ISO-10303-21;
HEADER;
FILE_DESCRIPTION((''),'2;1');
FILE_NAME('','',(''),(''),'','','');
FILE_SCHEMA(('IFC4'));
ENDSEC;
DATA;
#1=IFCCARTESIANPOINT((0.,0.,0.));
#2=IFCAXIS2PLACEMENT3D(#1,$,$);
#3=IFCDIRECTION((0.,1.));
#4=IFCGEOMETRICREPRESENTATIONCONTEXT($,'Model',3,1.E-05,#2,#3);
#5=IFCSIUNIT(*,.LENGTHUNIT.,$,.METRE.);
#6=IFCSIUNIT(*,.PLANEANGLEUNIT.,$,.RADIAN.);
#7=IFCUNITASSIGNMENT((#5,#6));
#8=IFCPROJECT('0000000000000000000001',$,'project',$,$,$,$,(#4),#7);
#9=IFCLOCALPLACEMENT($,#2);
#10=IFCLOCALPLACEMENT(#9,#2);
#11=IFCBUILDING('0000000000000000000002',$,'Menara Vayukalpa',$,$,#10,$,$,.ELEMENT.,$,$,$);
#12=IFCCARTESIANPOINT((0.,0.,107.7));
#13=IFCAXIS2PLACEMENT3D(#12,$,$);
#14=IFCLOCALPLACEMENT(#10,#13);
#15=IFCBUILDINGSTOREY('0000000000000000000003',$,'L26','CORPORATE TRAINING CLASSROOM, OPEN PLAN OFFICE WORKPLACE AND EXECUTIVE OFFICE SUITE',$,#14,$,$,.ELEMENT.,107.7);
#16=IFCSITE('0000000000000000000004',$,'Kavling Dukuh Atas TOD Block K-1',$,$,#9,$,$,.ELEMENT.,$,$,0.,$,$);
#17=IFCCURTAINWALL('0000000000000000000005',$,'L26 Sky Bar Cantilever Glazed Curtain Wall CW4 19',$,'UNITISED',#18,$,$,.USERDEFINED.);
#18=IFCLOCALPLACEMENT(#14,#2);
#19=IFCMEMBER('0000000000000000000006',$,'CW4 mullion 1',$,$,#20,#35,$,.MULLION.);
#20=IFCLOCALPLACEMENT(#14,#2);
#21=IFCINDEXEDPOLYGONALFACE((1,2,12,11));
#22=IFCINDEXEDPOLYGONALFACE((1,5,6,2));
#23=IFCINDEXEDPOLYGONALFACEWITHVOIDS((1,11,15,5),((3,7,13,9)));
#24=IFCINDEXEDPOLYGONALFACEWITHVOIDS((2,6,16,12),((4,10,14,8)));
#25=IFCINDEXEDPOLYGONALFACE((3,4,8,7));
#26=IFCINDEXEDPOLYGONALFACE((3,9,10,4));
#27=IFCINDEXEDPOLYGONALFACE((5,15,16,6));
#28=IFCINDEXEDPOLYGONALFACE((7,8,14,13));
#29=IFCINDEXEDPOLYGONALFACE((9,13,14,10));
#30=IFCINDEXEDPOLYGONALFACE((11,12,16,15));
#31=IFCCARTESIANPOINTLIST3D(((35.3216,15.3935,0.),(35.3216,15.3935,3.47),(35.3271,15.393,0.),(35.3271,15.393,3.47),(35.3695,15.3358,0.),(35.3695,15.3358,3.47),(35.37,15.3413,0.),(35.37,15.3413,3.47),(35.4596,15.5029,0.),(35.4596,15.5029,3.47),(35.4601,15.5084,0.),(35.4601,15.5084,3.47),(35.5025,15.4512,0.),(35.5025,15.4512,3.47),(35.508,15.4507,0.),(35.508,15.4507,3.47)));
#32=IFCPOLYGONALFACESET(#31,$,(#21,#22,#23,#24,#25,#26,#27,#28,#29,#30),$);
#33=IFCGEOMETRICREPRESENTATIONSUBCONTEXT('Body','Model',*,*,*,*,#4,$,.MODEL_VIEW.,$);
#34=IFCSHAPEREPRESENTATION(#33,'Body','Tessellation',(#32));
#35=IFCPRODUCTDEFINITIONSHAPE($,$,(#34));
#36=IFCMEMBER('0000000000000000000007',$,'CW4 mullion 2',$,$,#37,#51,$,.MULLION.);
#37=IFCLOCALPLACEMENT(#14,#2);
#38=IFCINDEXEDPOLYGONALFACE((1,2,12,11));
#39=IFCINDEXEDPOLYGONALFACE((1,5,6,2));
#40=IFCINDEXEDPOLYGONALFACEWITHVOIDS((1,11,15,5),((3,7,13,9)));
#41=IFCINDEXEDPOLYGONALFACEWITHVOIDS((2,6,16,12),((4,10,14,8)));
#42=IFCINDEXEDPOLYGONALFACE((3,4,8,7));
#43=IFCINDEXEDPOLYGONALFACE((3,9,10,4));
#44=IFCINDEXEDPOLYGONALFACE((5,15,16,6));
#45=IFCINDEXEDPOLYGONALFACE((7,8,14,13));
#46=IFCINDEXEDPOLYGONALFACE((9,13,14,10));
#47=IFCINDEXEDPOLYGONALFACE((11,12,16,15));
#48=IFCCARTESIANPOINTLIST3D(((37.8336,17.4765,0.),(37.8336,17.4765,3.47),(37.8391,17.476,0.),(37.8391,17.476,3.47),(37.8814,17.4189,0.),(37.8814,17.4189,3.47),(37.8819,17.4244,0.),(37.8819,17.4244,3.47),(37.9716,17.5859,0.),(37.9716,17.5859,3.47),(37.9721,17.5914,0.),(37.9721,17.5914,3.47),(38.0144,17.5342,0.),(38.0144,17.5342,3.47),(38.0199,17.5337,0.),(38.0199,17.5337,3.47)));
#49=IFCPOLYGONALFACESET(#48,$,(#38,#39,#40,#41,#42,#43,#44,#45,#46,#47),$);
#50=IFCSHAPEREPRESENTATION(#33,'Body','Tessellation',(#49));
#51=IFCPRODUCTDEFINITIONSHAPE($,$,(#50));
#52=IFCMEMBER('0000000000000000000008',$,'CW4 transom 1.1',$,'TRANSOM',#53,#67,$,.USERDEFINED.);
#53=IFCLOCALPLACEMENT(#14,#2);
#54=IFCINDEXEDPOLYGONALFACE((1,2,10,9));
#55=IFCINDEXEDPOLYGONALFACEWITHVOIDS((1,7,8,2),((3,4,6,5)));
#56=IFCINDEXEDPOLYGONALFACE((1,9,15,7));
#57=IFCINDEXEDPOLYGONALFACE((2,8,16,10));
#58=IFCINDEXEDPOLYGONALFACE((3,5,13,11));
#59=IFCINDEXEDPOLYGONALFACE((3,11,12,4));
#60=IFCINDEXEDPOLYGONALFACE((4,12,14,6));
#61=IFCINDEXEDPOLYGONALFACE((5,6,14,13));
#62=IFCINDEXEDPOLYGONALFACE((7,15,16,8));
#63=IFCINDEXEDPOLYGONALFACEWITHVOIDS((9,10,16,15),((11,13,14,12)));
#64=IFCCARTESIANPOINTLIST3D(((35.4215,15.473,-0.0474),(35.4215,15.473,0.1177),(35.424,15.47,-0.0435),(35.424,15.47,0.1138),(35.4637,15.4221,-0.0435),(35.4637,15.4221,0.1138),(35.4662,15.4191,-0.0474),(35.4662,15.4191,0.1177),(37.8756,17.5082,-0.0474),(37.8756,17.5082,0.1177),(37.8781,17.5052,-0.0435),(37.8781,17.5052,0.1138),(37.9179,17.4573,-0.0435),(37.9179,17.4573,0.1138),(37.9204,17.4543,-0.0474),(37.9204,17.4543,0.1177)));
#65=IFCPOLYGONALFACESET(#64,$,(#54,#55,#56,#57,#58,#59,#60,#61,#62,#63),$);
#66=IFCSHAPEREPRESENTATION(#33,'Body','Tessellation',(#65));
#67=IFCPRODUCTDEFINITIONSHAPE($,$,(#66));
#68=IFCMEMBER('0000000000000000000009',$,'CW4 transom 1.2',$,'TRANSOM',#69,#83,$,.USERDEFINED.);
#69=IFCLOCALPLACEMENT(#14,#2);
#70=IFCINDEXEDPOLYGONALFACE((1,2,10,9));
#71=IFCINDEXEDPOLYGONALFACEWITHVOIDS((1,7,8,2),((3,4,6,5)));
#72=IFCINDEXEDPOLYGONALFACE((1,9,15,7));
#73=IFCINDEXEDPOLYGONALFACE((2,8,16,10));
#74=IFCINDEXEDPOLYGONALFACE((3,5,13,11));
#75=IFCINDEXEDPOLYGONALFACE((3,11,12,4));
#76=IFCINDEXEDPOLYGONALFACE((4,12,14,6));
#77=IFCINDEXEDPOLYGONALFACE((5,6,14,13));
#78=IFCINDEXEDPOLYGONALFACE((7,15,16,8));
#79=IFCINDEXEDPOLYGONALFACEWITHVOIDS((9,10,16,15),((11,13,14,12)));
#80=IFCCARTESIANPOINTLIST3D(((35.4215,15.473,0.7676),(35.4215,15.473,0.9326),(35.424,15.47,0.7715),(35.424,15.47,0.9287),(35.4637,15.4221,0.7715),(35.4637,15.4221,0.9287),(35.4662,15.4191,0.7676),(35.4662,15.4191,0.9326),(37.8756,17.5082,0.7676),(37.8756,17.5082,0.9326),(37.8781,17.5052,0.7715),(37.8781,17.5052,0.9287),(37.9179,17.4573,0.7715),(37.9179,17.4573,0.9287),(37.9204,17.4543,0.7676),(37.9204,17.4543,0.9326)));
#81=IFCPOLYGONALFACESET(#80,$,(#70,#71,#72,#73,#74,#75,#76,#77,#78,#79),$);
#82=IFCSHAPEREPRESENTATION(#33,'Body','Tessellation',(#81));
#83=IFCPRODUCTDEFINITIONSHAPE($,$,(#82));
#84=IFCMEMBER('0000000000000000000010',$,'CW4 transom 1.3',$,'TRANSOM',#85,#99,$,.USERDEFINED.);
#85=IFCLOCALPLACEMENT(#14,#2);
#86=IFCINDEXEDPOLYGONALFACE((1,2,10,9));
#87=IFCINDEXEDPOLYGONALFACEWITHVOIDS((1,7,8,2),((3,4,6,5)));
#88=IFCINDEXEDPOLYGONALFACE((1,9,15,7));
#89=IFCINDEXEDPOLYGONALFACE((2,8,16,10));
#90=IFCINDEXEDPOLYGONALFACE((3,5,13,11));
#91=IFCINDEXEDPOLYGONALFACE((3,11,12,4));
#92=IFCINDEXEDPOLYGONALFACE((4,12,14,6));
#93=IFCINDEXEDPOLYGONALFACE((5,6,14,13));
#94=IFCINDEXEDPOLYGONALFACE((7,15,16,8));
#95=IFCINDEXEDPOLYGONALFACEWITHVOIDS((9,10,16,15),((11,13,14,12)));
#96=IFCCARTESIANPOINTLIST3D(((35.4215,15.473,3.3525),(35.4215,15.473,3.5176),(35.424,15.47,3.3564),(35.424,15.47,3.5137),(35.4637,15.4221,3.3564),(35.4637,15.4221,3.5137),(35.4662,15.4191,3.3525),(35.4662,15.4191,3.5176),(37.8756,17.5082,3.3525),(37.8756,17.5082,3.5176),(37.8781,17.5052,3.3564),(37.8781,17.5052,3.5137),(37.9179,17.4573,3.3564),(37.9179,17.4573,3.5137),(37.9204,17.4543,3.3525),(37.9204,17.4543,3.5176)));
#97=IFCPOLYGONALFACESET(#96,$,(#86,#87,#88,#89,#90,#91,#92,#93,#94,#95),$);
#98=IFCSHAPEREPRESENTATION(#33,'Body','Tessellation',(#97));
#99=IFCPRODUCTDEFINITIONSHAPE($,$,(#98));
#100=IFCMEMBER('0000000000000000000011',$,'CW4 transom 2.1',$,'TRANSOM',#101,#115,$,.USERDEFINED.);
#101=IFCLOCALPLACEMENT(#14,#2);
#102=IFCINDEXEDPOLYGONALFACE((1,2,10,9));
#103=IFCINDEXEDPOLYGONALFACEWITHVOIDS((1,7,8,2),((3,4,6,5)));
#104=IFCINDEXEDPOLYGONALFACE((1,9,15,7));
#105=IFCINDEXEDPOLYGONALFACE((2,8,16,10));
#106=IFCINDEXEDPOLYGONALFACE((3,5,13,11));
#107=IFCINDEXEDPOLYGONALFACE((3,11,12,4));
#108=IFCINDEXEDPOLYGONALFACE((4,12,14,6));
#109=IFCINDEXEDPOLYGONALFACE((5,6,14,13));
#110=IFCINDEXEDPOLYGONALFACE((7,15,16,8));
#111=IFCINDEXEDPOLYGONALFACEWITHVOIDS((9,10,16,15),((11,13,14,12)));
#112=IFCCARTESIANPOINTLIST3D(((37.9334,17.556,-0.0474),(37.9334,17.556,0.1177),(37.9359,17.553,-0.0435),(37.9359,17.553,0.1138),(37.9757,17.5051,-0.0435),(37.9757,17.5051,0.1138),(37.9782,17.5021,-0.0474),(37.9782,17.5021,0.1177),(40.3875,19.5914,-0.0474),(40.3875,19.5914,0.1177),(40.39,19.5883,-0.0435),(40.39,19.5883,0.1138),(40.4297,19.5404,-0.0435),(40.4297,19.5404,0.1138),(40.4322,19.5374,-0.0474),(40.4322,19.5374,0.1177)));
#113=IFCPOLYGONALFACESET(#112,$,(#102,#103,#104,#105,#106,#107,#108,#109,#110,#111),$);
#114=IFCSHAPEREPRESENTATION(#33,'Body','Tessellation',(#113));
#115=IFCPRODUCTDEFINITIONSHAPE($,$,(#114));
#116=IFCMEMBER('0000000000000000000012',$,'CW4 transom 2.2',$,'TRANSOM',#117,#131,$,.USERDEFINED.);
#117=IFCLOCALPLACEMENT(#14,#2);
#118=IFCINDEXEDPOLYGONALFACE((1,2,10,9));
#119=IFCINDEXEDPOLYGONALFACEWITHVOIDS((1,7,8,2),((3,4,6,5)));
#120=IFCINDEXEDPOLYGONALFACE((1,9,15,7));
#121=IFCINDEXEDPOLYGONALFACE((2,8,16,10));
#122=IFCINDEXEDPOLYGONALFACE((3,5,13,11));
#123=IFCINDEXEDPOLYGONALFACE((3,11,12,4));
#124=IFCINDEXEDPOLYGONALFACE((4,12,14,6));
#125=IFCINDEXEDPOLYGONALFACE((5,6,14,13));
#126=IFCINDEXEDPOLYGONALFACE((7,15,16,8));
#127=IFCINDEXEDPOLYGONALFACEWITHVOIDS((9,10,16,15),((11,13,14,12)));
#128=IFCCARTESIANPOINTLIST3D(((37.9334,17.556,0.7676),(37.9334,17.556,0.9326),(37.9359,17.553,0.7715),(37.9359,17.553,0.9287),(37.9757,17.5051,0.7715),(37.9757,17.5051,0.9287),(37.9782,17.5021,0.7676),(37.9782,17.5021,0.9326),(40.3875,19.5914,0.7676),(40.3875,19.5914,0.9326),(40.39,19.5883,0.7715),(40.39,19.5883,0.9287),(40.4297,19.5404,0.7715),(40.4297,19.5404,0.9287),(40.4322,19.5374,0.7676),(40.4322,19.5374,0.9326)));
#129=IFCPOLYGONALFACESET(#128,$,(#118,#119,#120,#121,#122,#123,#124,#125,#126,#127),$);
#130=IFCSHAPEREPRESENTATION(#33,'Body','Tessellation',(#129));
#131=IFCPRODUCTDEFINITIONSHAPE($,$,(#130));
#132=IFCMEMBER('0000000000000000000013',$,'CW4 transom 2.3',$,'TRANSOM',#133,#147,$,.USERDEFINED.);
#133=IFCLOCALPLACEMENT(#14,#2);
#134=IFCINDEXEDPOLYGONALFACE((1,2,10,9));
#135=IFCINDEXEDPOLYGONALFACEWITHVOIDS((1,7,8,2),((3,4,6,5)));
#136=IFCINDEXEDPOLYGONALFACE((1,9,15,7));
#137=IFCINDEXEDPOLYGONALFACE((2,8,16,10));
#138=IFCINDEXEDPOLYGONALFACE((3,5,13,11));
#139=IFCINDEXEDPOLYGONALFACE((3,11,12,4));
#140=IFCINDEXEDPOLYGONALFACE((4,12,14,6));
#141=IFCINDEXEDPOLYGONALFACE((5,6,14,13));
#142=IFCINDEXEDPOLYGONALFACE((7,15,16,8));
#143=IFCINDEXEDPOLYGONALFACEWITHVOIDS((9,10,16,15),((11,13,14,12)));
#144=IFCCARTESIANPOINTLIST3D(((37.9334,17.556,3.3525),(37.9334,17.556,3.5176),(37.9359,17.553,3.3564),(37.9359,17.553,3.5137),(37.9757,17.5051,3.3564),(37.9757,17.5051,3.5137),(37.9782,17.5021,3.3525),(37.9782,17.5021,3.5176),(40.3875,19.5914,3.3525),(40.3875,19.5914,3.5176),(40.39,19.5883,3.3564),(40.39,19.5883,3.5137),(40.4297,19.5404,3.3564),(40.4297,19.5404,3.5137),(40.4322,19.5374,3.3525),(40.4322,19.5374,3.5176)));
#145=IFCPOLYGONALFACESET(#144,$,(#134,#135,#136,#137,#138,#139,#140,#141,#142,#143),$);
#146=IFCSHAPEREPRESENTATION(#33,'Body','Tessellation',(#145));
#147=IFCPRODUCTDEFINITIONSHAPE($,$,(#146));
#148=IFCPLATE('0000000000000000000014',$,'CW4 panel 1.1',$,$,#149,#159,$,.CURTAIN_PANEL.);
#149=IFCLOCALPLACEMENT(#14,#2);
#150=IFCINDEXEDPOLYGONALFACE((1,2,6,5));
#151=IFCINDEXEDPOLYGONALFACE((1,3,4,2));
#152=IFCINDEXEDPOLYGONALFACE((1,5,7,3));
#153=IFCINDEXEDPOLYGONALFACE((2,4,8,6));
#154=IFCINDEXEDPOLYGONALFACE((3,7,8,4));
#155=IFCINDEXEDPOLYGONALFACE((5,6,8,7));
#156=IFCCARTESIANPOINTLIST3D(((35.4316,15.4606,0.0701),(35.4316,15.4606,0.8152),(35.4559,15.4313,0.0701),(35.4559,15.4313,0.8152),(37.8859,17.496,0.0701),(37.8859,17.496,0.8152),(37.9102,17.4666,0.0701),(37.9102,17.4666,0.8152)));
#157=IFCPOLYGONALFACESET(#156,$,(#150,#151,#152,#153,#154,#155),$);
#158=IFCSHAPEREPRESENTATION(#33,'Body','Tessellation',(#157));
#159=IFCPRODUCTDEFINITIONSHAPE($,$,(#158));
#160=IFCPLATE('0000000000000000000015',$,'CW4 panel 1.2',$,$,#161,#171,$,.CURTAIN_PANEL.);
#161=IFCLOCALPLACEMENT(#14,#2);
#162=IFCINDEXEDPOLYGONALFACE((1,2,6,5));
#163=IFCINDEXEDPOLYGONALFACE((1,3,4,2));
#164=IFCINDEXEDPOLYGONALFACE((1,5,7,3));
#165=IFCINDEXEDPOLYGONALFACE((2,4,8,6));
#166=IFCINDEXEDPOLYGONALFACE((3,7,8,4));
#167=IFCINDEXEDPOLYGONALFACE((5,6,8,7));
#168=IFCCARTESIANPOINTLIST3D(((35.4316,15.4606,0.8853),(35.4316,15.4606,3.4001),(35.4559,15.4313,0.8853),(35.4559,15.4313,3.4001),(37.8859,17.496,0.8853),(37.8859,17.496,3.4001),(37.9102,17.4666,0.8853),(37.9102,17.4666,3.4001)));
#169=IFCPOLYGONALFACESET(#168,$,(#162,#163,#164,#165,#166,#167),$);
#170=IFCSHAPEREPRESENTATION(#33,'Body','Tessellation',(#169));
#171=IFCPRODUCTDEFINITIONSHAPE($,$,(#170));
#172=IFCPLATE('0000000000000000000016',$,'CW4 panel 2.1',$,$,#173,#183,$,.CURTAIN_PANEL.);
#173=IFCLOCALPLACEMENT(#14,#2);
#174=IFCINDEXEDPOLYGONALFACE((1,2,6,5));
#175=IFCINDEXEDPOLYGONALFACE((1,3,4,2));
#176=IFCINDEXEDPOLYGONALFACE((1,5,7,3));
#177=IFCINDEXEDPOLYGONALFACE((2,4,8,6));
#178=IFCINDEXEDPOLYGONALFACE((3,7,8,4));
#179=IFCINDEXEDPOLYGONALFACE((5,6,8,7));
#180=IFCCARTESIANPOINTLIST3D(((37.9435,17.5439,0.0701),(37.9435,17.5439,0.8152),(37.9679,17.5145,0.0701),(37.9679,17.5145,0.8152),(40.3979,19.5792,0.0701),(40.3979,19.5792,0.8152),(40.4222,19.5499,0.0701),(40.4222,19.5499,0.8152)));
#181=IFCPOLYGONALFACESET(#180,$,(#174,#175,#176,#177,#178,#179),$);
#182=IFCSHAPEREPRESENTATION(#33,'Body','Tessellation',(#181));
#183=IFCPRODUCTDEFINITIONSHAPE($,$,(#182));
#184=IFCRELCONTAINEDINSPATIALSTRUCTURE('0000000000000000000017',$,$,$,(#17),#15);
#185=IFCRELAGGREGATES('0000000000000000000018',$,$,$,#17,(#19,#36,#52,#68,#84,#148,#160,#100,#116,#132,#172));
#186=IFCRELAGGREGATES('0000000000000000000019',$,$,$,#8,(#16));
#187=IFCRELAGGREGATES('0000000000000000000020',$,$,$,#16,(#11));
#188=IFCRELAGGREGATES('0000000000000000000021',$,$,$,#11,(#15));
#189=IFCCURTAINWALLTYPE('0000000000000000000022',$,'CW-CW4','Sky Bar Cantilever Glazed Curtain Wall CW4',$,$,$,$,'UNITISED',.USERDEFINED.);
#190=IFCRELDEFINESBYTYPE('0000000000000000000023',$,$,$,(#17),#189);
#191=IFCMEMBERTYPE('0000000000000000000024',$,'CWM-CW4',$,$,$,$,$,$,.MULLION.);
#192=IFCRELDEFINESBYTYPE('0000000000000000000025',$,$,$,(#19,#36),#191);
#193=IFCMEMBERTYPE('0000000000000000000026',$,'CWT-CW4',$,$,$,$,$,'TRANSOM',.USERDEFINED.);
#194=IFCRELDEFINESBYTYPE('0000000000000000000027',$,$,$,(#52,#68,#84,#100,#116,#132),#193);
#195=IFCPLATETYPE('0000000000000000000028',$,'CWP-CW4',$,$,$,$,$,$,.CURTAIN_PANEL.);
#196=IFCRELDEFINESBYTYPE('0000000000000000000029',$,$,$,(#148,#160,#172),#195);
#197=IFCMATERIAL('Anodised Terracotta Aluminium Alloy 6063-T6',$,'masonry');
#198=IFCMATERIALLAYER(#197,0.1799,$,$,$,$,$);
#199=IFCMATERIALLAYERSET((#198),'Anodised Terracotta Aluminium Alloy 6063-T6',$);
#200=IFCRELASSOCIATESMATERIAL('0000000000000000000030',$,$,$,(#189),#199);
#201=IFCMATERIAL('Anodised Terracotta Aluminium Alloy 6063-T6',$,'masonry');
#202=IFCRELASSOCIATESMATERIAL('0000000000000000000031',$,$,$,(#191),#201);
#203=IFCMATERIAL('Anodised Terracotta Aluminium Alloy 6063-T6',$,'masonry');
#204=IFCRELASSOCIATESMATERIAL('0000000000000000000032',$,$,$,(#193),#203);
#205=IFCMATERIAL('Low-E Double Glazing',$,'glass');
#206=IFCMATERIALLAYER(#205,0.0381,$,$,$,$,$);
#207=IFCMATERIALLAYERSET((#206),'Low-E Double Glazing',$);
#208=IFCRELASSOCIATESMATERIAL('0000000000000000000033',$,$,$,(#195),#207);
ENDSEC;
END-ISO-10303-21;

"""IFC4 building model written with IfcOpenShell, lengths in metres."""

from ifc_helpers import new_model, si_unit, direction, frame, origin, origin_2d, place, context, subcontext, project, spatial, rectangle, hollow_rectangle, extrude, material, layer, layer_set, material_profile, profile_set, type_object, element, aggregate, save


model = new_model("IFC4")

# Units and contexts
model_context = context("Model", 3, precision=1e-05, world=origin(), true_north=direction((0.0, 1.0)))
body_context = subcontext(model_context, "Body", "Model", "MODEL_VIEW")
ifc_project = project(units=[si_unit("LENGTHUNIT", "METRE"), si_unit("PLANEANGLEUNIT", "RADIAN")], contexts=[model_context])

# Site, building, storey
site_placement = place(None, origin())
site = spatial("IfcSite", under=ifc_project, at=site_placement, Name="Kavling Dukuh Atas TOD Block K-1", CompositionType="ELEMENT", RefElevation=0.0)
building_placement = place(site_placement, origin())
building = spatial("IfcBuilding", under=site, at=building_placement, Name="Menara Vayukalpa", CompositionType="ELEMENT")
storey_placement = place(building_placement, frame((0.0, 0.0, 107.7)))
storey = spatial("IfcBuildingStorey", under=building, at=storey_placement, Name="L26", Description="CORPORATE TRAINING CLASSROOM, OPEN PLAN OFFICE WORKPLACE AND EXECUTIVE OFFICE SUITE", CompositionType="ELEMENT", Elevation=107.7)

# Curtain wall, members, plates
ifc_material_1 = material(Name="Anodised Terracotta Aluminium Alloy 6063-T6", Category="masonry")
ifc_layer_1 = layer(ifc_material_1, 0.1799)
ifc_layer_set_1 = layer_set([ifc_layer_1], Name="Anodised Terracotta Aluminium Alloy 6063-T6")
curtain_wall_type = type_object("IfcCurtainWallType", Name="CW-CW4", Description="Sky Bar Cantilever Glazed Curtain Wall CW4", ElementType="UNITISED", PredefinedType="USERDEFINED", material=ifc_layer_set_1)
curtain_wall_placement = place(storey_placement, origin())
curtain_wall = element("IfcCurtainWall", 1, at=curtain_wall_placement, inside=storey, type_object=curtain_wall_type, Name="L26 Sky Bar Cantilever Glazed Curtain Wall CW4 19", ObjectType="UNITISED", PredefinedType="USERDEFINED")
ifc_material_2 = material(Name="Anodised Terracotta Aluminium Alloy 6063-T6", Category="masonry")
ifc_material_profile_1 = material_profile(ifc_material_2, hollow_rectangle(XDim=0.075, YDim=0.1799, WallThickness=0.0039, at=origin_2d()), Name="ALU 75x180x4")
ifc_profile_set_1 = profile_set([ifc_material_profile_1], Name="Anodised Terracotta Aluminium Alloy 6063-T6")
member_type_1 = type_object("IfcMemberType", Name="CWM-CW4", PredefinedType="MULLION", material=ifc_profile_set_1)
member_1_placement = place(storey_placement, frame((35.4148, 15.4221, 0.0), z_axis=(0.0, 0.0, 1.0), x_axis=(-0.638346, 0.76975, 0.0)))
member_1 = element("IfcMember", 2, at=member_1_placement, type_object=member_type_1, Name="CW4 mullion 1", PredefinedType="MULLION", context=body_context, shape_type="SweptSolid", body=[
    extrude(hollow_rectangle(XDim=0.075, YDim=0.1799, WallThickness=0.0039, at=origin_2d()), origin(), (0.0, 0.0, 1.0), 3.47),
])
member_2_placement = place(storey_placement, frame((37.9268, 17.5051, 0.0), z_axis=(0.0, 0.0, 1.0), x_axis=(-0.638346, 0.76975, 0.0)))
member_2 = element("IfcMember", 3, at=member_2_placement, type_object=member_type_1, Name="CW4 mullion 2", PredefinedType="MULLION", context=body_context, shape_type="SweptSolid", body=[
    extrude(hollow_rectangle(XDim=0.075, YDim=0.1799, WallThickness=0.0039, at=origin_2d()), origin(), (0.0, 0.0, 1.0), 3.47),
])
ifc_material_3 = material(Name="Anodised Terracotta Aluminium Alloy 6063-T6", Category="masonry")
ifc_material_profile_2 = material_profile(ifc_material_3, hollow_rectangle(XDim=0.0701, YDim=0.165, WallThickness=0.0039, at=origin_2d()), Name="ALU 70x165x4")
ifc_profile_set_2 = profile_set([ifc_material_profile_2], Name="Anodised Terracotta Aluminium Alloy 6063-T6")
member_type_2 = type_object("IfcMemberType", Name="CWT-CW4", ElementType="TRANSOM", PredefinedType="USERDEFINED", material=ifc_profile_set_2)
member_3_placement = place(storey_placement, frame((35.4438, 15.446, 0.0352), z_axis=(0.769751, 0.638345, 0.0), x_axis=(-0.638345, 0.769751, 0.0)))
member_3 = element("IfcMember", 4, at=member_3_placement, type_object=member_type_2, Name="CW4 transom 1.1", ObjectType="TRANSOM", PredefinedType="USERDEFINED", context=body_context, shape_type="SweptSolid", body=[
    extrude(hollow_rectangle(XDim=0.0701, YDim=0.165, WallThickness=0.0039, at=origin_2d()), origin(), (0.0, 0.0, 1.0), 3.1882),
])
member_4_placement = place(storey_placement, frame((35.4438, 15.446, 0.8501), z_axis=(0.769751, 0.638345, 0.0), x_axis=(-0.638345, 0.769751, 0.0)))
member_4 = element("IfcMember", 5, at=member_4_placement, type_object=member_type_2, Name="CW4 transom 1.2", ObjectType="TRANSOM", PredefinedType="USERDEFINED", context=body_context, shape_type="SweptSolid", body=[
    extrude(hollow_rectangle(XDim=0.0701, YDim=0.165, WallThickness=0.0039, at=origin_2d()), origin(), (0.0, 0.0, 1.0), 3.1882),
])
member_5_placement = place(storey_placement, frame((35.4438, 15.446, 3.4351), z_axis=(0.769751, 0.638345, 0.0), x_axis=(-0.638345, 0.769751, 0.0)))
member_5 = element("IfcMember", 6, at=member_5_placement, type_object=member_type_2, Name="CW4 transom 1.3", ObjectType="TRANSOM", PredefinedType="USERDEFINED", context=body_context, shape_type="SweptSolid", body=[
    extrude(hollow_rectangle(XDim=0.0701, YDim=0.165, WallThickness=0.0039, at=origin_2d()), origin(), (0.0, 0.0, 1.0), 3.1882),
])
member_6_placement = place(storey_placement, frame((37.9558, 17.5291, 0.0352), z_axis=(0.769713, 0.63839, 0.0), x_axis=(-0.63839, 0.769713, 0.0)))
member_6 = element("IfcMember", 7, at=member_6_placement, type_object=member_type_2, Name="CW4 transom 2.1", ObjectType="TRANSOM", PredefinedType="USERDEFINED", context=body_context, shape_type="SweptSolid", body=[
    extrude(hollow_rectangle(XDim=0.0701, YDim=0.165, WallThickness=0.0039, at=origin_2d()), origin(), (0.0, 0.0, 1.0), 3.1882),
])
member_7_placement = place(storey_placement, frame((37.9558, 17.5291, 0.8501), z_axis=(0.769713, 0.63839, 0.0), x_axis=(-0.63839, 0.769713, 0.0)))
member_7 = element("IfcMember", 8, at=member_7_placement, type_object=member_type_2, Name="CW4 transom 2.2", ObjectType="TRANSOM", PredefinedType="USERDEFINED", context=body_context, shape_type="SweptSolid", body=[
    extrude(hollow_rectangle(XDim=0.0701, YDim=0.165, WallThickness=0.0039, at=origin_2d()), origin(), (0.0, 0.0, 1.0), 3.1882),
])
member_8_placement = place(storey_placement, frame((37.9558, 17.5291, 3.4351), z_axis=(0.769713, 0.63839, 0.0), x_axis=(-0.63839, 0.769713, 0.0)))
member_8 = element("IfcMember", 9, at=member_8_placement, type_object=member_type_2, Name="CW4 transom 2.3", ObjectType="TRANSOM", PredefinedType="USERDEFINED", context=body_context, shape_type="SweptSolid", body=[
    extrude(hollow_rectangle(XDim=0.0701, YDim=0.165, WallThickness=0.0039, at=origin_2d()), origin(), (0.0, 0.0, 1.0), 3.1882),
])
ifc_material_4 = material(Name="Low-E Double Glazing", Category="glass")
ifc_layer_2 = layer(ifc_material_4, 0.0381)
ifc_layer_set_2 = layer_set([ifc_layer_2], Name="Low-E Double Glazing")
plate_type = type_object("IfcPlateType", Name="CWP-CW4", PredefinedType="CURTAIN_PANEL", material=ifc_layer_set_2)
plate_1_placement = place(storey_placement, frame((36.6709, 16.4636, 0.0701), z_axis=(0.0, 0.0, 1.0), x_axis=(0.76975, 0.638346, 0.0)))
plate_1 = element("IfcPlate", 10, at=plate_1_placement, type_object=plate_type, Name="CW4 panel 1.1", PredefinedType="CURTAIN_PANEL", context=body_context, shape_type="SweptSolid", body=[
    extrude(rectangle(XDim=3.1885, YDim=0.0381, at=origin_2d()), origin(), (0.0, 0.0, 1.0), 0.7451),
])
plate_2_placement = place(storey_placement, frame((36.6709, 16.4636, 0.8853), z_axis=(0.0, 0.0, 1.0), x_axis=(0.76975, 0.638346, 0.0)))
plate_2 = element("IfcPlate", 11, at=plate_2_placement, type_object=plate_type, Name="CW4 panel 1.2", PredefinedType="CURTAIN_PANEL", context=body_context, shape_type="SweptSolid", body=[
    extrude(rectangle(XDim=3.1885, YDim=0.0381, at=origin_2d()), origin(), (0.0, 0.0, 1.0), 2.5149),
])
plate_3_placement = place(storey_placement, frame((39.1829, 18.5469, 0.0701), z_axis=(0.0, 0.0, 1.0), x_axis=(0.76975, 0.638346, 0.0)))
plate_3 = element("IfcPlate", 12, at=plate_3_placement, type_object=plate_type, Name="CW4 panel 2.1", PredefinedType="CURTAIN_PANEL", context=body_context, shape_type="SweptSolid", body=[
    extrude(rectangle(XDim=3.1885, YDim=0.0381, at=origin_2d()), origin(), (0.0, 0.0, 1.0), 0.7451),
])
aggregate(curtain_wall, [member_1, member_2, member_3, member_4, member_5, plate_1, plate_2, member_6, member_7, member_8, plate_3])

save(model, "model.ifc")
